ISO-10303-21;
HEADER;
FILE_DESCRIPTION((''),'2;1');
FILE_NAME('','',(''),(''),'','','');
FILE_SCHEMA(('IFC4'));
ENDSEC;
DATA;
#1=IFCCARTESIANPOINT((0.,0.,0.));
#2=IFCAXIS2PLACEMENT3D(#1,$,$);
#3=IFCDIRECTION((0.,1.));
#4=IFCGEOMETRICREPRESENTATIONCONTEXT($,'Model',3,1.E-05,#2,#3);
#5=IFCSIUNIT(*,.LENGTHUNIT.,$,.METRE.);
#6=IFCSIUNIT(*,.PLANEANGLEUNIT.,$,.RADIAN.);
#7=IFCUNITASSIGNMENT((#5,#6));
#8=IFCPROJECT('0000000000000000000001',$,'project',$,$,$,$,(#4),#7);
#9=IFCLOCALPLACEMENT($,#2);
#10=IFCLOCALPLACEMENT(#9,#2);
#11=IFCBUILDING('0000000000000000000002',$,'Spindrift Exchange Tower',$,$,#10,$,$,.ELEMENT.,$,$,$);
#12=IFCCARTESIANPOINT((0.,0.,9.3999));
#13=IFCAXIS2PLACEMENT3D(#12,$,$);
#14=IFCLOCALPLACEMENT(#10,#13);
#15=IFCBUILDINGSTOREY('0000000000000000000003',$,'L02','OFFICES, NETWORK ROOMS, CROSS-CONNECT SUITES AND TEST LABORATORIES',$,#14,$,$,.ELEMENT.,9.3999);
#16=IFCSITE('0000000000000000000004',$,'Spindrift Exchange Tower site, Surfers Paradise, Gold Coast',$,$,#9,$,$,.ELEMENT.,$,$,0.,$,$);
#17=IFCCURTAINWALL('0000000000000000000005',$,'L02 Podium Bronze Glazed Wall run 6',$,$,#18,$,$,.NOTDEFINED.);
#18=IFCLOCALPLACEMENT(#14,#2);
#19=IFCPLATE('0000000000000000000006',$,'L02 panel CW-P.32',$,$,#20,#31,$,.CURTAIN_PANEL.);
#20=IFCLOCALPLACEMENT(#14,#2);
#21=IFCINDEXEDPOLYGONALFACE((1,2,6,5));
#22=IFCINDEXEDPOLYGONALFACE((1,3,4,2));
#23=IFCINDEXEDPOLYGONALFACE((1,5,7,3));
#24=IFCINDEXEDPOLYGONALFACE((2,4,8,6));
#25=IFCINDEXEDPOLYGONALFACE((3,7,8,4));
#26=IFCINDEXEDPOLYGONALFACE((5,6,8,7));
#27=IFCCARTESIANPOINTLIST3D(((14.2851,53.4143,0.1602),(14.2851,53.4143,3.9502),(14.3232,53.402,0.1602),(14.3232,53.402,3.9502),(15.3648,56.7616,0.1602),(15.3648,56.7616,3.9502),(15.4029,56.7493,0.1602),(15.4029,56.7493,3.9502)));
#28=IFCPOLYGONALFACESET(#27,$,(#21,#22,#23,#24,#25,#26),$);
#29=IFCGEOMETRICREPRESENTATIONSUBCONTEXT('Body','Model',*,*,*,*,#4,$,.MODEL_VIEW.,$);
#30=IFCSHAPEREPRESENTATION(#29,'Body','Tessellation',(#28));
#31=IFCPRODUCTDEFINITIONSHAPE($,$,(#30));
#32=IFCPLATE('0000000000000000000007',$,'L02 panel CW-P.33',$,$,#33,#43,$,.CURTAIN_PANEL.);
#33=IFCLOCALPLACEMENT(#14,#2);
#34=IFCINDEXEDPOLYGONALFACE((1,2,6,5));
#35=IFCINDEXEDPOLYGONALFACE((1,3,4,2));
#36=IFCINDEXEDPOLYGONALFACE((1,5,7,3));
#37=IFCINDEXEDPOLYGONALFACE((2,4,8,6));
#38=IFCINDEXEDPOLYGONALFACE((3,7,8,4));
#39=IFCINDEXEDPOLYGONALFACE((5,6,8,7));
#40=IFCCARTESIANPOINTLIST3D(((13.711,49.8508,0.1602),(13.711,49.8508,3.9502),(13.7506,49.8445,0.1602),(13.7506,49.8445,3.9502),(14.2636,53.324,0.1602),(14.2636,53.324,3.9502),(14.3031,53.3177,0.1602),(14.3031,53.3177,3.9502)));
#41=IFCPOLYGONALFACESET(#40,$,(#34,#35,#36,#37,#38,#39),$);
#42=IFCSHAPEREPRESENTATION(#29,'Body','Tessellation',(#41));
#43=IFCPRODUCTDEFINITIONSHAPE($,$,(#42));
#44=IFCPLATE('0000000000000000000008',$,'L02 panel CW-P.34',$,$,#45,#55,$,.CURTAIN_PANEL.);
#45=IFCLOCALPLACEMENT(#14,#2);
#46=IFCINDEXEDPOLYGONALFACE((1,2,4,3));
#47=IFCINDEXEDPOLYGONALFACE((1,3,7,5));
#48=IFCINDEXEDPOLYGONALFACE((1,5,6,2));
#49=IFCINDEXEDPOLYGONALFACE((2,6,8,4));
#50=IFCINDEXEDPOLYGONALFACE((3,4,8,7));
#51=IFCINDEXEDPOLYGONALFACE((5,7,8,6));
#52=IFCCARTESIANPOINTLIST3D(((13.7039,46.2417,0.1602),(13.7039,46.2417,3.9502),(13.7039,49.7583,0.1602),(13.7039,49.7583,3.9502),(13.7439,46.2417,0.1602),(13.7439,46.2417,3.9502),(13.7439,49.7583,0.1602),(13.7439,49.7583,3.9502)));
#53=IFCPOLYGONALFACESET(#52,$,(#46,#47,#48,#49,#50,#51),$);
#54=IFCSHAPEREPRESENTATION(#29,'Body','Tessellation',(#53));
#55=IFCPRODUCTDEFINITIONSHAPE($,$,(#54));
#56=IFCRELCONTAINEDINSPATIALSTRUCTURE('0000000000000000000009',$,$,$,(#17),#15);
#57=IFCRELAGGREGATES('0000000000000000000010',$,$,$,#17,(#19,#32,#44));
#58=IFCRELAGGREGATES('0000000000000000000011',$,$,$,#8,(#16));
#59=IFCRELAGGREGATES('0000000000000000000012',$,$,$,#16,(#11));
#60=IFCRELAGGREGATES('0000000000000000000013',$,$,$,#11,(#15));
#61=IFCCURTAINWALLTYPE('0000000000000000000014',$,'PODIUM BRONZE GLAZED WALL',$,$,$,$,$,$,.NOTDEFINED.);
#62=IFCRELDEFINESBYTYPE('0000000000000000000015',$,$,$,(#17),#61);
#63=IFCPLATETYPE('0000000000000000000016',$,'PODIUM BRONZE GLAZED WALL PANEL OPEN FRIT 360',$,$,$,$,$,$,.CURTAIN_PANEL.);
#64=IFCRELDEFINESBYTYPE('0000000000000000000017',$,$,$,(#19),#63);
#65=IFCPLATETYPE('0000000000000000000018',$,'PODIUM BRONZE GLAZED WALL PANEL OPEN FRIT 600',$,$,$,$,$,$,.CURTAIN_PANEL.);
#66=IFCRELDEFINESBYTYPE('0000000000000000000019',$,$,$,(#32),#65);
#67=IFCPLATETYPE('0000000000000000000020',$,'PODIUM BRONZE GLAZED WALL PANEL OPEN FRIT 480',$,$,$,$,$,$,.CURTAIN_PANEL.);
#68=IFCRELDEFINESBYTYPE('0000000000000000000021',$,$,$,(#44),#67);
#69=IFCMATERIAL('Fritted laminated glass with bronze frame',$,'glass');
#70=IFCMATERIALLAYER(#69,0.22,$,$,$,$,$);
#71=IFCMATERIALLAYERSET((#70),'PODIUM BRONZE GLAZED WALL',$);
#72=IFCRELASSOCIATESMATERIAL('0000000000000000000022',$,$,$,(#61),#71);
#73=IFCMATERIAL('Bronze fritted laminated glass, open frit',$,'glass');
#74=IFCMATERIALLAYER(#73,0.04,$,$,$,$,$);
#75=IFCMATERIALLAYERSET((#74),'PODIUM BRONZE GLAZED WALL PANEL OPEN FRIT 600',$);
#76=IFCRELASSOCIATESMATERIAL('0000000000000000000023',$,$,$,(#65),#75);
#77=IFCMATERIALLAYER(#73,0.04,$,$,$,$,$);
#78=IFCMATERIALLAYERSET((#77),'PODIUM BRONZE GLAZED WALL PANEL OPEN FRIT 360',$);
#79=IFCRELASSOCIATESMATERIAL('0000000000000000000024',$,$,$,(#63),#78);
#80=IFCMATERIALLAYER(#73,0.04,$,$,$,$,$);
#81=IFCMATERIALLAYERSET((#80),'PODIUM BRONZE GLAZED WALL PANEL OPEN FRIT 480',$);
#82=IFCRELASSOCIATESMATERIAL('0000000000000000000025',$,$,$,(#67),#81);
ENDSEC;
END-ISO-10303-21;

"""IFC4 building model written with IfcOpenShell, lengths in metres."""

from ifc_helpers import new_model, si_unit, direction, frame, origin, origin_2d, place, context, subcontext, project, spatial, rectangle, extrude, source, transform, mapped, material, layer, layer_set, type_object, element, aggregate, save


model = new_model("IFC4")

# Units and contexts
model_context = context("Model", 3, precision=1e-05, world=origin(), true_north=direction((0.0, 1.0)))
body_context = subcontext(model_context, "Body", "Model", "MODEL_VIEW")
ifc_project = project(units=[si_unit("LENGTHUNIT", "METRE"), si_unit("PLANEANGLEUNIT", "RADIAN")], contexts=[model_context])

# Site, building, storey
site_placement = place(None, origin())
site = spatial("IfcSite", under=ifc_project, at=site_placement, Name="Spindrift Exchange Tower site, Surfers Paradise, Gold Coast", CompositionType="ELEMENT", RefElevation=0.0)
building_placement = place(site_placement, origin())
building = spatial("IfcBuilding", under=site, at=building_placement, Name="Spindrift Exchange Tower", CompositionType="ELEMENT")
storey_placement = place(building_placement, frame((0.0, 0.0, 9.3999)))
storey = spatial("IfcBuildingStorey", under=building, at=storey_placement, Name="L02", Description="OFFICES, NETWORK ROOMS, CROSS-CONNECT SUITES AND TEST LABORATORIES", CompositionType="ELEMENT", Elevation=9.3999)

# Curtain wall, plates
ifc_material_1 = material(Name="Fritted laminated glass with bronze frame", Category="glass")
ifc_layer_1 = layer(ifc_material_1, 0.22)
ifc_layer_set_1 = layer_set([ifc_layer_1], Name="PODIUM BRONZE GLAZED WALL")
curtain_wall_type = type_object("IfcCurtainWallType", Name="PODIUM BRONZE GLAZED WALL", PredefinedType="NOTDEFINED", material=ifc_layer_set_1)
curtain_wall_placement = place(storey_placement, origin())
curtain_wall = element("IfcCurtainWall", 1, at=curtain_wall_placement, inside=storey, type_object=curtain_wall_type, Name="L02 Podium Bronze Glazed Wall run 6", PredefinedType="NOTDEFINED")
ifc_material_2 = material(Name="Bronze fritted laminated glass, open frit", Category="glass")
ifc_layer_2 = layer(ifc_material_2, 0.04)
ifc_layer_set_2 = layer_set([ifc_layer_2], Name="PODIUM BRONZE GLAZED WALL PANEL OPEN FRIT 600")
plate_type_1 = type_object("IfcPlateType", Name="PODIUM BRONZE GLAZED WALL PANEL OPEN FRIT 600", PredefinedType="CURTAIN_PANEL", material=ifc_layer_set_2)
ifc_layer_3 = layer(ifc_material_2, 0.04)
ifc_layer_set_3 = layer_set([ifc_layer_3], Name="PODIUM BRONZE GLAZED WALL PANEL OPEN FRIT 360")
plate_type_2 = type_object("IfcPlateType", Name="PODIUM BRONZE GLAZED WALL PANEL OPEN FRIT 360", PredefinedType="CURTAIN_PANEL", material=ifc_layer_set_3)
shared_shape_1 = source(origin(), body_context, "Body", "SweptSolid", [
    extrude(rectangle(XDim=3.5171, YDim=0.04, at=origin_2d()), origin(), (0.0, 0.0, 1.0), 3.79),
])
plate_1_placement = place(storey_placement, frame((14.844, 55.0818, 0.1602), z_axis=(0.0, 0.0, 1.0), x_axis=(-0.306973, -0.951718, 0.0)))
plate_1 = element("IfcPlate", 2, at=plate_1_placement, type_object=plate_type_2, Name="L02 panel CW-P.32", PredefinedType="CURTAIN_PANEL", context=body_context, shape_type="MappedRepresentation", body=[
    mapped(shared_shape_1, transform((0.0, 0.0, 0.0), scale=1.0)),
])
shared_shape_2 = source(origin(), body_context, "Body", "SweptSolid", [
    extrude(rectangle(XDim=3.5168, YDim=0.04, at=origin_2d()), origin(), (0.0, 0.0, 1.0), 3.79),
])
plate_2_placement = place(storey_placement, frame((14.0071, 51.5842, 0.1602), z_axis=(0.0, 0.0, 1.0), x_axis=(-0.157121, -0.987579, 0.0)))
plate_2 = element("IfcPlate", 3, at=plate_2_placement, type_object=plate_type_1, Name="L02 panel CW-P.33", PredefinedType="CURTAIN_PANEL", context=body_context, shape_type="MappedRepresentation", body=[
    mapped(shared_shape_2, transform((0.0, 0.0, 0.0), scale=1.0)),
])
ifc_layer_4 = layer(ifc_material_2, 0.04)
ifc_layer_set_4 = layer_set([ifc_layer_4], Name="PODIUM BRONZE GLAZED WALL PANEL OPEN FRIT 480")
plate_type_3 = type_object("IfcPlateType", Name="PODIUM BRONZE GLAZED WALL PANEL OPEN FRIT 480", PredefinedType="CURTAIN_PANEL", material=ifc_layer_set_4)
shared_shape_3 = source(origin(), body_context, "Body", "SweptSolid", [
    extrude(rectangle(XDim=3.5166, YDim=0.04, at=origin_2d()), origin(), (0.0, 0.0, 1.0), 3.79),
])
plate_3_placement = place(storey_placement, frame((13.7239, 48.0, 0.1602), z_axis=(0.0, 0.0, 1.0), x_axis=(0.0, -1.0, 0.0)))
plate_3 = element("IfcPlate", 4, at=plate_3_placement, type_object=plate_type_3, Name="L02 panel CW-P.34", PredefinedType="CURTAIN_PANEL", context=body_context, shape_type="MappedRepresentation", body=[
    mapped(shared_shape_3, transform((0.0, 0.0, 0.0), scale=1.0)),
])
aggregate(curtain_wall, [plate_1, plate_2, plate_3])

save(model, "model.ifc")
